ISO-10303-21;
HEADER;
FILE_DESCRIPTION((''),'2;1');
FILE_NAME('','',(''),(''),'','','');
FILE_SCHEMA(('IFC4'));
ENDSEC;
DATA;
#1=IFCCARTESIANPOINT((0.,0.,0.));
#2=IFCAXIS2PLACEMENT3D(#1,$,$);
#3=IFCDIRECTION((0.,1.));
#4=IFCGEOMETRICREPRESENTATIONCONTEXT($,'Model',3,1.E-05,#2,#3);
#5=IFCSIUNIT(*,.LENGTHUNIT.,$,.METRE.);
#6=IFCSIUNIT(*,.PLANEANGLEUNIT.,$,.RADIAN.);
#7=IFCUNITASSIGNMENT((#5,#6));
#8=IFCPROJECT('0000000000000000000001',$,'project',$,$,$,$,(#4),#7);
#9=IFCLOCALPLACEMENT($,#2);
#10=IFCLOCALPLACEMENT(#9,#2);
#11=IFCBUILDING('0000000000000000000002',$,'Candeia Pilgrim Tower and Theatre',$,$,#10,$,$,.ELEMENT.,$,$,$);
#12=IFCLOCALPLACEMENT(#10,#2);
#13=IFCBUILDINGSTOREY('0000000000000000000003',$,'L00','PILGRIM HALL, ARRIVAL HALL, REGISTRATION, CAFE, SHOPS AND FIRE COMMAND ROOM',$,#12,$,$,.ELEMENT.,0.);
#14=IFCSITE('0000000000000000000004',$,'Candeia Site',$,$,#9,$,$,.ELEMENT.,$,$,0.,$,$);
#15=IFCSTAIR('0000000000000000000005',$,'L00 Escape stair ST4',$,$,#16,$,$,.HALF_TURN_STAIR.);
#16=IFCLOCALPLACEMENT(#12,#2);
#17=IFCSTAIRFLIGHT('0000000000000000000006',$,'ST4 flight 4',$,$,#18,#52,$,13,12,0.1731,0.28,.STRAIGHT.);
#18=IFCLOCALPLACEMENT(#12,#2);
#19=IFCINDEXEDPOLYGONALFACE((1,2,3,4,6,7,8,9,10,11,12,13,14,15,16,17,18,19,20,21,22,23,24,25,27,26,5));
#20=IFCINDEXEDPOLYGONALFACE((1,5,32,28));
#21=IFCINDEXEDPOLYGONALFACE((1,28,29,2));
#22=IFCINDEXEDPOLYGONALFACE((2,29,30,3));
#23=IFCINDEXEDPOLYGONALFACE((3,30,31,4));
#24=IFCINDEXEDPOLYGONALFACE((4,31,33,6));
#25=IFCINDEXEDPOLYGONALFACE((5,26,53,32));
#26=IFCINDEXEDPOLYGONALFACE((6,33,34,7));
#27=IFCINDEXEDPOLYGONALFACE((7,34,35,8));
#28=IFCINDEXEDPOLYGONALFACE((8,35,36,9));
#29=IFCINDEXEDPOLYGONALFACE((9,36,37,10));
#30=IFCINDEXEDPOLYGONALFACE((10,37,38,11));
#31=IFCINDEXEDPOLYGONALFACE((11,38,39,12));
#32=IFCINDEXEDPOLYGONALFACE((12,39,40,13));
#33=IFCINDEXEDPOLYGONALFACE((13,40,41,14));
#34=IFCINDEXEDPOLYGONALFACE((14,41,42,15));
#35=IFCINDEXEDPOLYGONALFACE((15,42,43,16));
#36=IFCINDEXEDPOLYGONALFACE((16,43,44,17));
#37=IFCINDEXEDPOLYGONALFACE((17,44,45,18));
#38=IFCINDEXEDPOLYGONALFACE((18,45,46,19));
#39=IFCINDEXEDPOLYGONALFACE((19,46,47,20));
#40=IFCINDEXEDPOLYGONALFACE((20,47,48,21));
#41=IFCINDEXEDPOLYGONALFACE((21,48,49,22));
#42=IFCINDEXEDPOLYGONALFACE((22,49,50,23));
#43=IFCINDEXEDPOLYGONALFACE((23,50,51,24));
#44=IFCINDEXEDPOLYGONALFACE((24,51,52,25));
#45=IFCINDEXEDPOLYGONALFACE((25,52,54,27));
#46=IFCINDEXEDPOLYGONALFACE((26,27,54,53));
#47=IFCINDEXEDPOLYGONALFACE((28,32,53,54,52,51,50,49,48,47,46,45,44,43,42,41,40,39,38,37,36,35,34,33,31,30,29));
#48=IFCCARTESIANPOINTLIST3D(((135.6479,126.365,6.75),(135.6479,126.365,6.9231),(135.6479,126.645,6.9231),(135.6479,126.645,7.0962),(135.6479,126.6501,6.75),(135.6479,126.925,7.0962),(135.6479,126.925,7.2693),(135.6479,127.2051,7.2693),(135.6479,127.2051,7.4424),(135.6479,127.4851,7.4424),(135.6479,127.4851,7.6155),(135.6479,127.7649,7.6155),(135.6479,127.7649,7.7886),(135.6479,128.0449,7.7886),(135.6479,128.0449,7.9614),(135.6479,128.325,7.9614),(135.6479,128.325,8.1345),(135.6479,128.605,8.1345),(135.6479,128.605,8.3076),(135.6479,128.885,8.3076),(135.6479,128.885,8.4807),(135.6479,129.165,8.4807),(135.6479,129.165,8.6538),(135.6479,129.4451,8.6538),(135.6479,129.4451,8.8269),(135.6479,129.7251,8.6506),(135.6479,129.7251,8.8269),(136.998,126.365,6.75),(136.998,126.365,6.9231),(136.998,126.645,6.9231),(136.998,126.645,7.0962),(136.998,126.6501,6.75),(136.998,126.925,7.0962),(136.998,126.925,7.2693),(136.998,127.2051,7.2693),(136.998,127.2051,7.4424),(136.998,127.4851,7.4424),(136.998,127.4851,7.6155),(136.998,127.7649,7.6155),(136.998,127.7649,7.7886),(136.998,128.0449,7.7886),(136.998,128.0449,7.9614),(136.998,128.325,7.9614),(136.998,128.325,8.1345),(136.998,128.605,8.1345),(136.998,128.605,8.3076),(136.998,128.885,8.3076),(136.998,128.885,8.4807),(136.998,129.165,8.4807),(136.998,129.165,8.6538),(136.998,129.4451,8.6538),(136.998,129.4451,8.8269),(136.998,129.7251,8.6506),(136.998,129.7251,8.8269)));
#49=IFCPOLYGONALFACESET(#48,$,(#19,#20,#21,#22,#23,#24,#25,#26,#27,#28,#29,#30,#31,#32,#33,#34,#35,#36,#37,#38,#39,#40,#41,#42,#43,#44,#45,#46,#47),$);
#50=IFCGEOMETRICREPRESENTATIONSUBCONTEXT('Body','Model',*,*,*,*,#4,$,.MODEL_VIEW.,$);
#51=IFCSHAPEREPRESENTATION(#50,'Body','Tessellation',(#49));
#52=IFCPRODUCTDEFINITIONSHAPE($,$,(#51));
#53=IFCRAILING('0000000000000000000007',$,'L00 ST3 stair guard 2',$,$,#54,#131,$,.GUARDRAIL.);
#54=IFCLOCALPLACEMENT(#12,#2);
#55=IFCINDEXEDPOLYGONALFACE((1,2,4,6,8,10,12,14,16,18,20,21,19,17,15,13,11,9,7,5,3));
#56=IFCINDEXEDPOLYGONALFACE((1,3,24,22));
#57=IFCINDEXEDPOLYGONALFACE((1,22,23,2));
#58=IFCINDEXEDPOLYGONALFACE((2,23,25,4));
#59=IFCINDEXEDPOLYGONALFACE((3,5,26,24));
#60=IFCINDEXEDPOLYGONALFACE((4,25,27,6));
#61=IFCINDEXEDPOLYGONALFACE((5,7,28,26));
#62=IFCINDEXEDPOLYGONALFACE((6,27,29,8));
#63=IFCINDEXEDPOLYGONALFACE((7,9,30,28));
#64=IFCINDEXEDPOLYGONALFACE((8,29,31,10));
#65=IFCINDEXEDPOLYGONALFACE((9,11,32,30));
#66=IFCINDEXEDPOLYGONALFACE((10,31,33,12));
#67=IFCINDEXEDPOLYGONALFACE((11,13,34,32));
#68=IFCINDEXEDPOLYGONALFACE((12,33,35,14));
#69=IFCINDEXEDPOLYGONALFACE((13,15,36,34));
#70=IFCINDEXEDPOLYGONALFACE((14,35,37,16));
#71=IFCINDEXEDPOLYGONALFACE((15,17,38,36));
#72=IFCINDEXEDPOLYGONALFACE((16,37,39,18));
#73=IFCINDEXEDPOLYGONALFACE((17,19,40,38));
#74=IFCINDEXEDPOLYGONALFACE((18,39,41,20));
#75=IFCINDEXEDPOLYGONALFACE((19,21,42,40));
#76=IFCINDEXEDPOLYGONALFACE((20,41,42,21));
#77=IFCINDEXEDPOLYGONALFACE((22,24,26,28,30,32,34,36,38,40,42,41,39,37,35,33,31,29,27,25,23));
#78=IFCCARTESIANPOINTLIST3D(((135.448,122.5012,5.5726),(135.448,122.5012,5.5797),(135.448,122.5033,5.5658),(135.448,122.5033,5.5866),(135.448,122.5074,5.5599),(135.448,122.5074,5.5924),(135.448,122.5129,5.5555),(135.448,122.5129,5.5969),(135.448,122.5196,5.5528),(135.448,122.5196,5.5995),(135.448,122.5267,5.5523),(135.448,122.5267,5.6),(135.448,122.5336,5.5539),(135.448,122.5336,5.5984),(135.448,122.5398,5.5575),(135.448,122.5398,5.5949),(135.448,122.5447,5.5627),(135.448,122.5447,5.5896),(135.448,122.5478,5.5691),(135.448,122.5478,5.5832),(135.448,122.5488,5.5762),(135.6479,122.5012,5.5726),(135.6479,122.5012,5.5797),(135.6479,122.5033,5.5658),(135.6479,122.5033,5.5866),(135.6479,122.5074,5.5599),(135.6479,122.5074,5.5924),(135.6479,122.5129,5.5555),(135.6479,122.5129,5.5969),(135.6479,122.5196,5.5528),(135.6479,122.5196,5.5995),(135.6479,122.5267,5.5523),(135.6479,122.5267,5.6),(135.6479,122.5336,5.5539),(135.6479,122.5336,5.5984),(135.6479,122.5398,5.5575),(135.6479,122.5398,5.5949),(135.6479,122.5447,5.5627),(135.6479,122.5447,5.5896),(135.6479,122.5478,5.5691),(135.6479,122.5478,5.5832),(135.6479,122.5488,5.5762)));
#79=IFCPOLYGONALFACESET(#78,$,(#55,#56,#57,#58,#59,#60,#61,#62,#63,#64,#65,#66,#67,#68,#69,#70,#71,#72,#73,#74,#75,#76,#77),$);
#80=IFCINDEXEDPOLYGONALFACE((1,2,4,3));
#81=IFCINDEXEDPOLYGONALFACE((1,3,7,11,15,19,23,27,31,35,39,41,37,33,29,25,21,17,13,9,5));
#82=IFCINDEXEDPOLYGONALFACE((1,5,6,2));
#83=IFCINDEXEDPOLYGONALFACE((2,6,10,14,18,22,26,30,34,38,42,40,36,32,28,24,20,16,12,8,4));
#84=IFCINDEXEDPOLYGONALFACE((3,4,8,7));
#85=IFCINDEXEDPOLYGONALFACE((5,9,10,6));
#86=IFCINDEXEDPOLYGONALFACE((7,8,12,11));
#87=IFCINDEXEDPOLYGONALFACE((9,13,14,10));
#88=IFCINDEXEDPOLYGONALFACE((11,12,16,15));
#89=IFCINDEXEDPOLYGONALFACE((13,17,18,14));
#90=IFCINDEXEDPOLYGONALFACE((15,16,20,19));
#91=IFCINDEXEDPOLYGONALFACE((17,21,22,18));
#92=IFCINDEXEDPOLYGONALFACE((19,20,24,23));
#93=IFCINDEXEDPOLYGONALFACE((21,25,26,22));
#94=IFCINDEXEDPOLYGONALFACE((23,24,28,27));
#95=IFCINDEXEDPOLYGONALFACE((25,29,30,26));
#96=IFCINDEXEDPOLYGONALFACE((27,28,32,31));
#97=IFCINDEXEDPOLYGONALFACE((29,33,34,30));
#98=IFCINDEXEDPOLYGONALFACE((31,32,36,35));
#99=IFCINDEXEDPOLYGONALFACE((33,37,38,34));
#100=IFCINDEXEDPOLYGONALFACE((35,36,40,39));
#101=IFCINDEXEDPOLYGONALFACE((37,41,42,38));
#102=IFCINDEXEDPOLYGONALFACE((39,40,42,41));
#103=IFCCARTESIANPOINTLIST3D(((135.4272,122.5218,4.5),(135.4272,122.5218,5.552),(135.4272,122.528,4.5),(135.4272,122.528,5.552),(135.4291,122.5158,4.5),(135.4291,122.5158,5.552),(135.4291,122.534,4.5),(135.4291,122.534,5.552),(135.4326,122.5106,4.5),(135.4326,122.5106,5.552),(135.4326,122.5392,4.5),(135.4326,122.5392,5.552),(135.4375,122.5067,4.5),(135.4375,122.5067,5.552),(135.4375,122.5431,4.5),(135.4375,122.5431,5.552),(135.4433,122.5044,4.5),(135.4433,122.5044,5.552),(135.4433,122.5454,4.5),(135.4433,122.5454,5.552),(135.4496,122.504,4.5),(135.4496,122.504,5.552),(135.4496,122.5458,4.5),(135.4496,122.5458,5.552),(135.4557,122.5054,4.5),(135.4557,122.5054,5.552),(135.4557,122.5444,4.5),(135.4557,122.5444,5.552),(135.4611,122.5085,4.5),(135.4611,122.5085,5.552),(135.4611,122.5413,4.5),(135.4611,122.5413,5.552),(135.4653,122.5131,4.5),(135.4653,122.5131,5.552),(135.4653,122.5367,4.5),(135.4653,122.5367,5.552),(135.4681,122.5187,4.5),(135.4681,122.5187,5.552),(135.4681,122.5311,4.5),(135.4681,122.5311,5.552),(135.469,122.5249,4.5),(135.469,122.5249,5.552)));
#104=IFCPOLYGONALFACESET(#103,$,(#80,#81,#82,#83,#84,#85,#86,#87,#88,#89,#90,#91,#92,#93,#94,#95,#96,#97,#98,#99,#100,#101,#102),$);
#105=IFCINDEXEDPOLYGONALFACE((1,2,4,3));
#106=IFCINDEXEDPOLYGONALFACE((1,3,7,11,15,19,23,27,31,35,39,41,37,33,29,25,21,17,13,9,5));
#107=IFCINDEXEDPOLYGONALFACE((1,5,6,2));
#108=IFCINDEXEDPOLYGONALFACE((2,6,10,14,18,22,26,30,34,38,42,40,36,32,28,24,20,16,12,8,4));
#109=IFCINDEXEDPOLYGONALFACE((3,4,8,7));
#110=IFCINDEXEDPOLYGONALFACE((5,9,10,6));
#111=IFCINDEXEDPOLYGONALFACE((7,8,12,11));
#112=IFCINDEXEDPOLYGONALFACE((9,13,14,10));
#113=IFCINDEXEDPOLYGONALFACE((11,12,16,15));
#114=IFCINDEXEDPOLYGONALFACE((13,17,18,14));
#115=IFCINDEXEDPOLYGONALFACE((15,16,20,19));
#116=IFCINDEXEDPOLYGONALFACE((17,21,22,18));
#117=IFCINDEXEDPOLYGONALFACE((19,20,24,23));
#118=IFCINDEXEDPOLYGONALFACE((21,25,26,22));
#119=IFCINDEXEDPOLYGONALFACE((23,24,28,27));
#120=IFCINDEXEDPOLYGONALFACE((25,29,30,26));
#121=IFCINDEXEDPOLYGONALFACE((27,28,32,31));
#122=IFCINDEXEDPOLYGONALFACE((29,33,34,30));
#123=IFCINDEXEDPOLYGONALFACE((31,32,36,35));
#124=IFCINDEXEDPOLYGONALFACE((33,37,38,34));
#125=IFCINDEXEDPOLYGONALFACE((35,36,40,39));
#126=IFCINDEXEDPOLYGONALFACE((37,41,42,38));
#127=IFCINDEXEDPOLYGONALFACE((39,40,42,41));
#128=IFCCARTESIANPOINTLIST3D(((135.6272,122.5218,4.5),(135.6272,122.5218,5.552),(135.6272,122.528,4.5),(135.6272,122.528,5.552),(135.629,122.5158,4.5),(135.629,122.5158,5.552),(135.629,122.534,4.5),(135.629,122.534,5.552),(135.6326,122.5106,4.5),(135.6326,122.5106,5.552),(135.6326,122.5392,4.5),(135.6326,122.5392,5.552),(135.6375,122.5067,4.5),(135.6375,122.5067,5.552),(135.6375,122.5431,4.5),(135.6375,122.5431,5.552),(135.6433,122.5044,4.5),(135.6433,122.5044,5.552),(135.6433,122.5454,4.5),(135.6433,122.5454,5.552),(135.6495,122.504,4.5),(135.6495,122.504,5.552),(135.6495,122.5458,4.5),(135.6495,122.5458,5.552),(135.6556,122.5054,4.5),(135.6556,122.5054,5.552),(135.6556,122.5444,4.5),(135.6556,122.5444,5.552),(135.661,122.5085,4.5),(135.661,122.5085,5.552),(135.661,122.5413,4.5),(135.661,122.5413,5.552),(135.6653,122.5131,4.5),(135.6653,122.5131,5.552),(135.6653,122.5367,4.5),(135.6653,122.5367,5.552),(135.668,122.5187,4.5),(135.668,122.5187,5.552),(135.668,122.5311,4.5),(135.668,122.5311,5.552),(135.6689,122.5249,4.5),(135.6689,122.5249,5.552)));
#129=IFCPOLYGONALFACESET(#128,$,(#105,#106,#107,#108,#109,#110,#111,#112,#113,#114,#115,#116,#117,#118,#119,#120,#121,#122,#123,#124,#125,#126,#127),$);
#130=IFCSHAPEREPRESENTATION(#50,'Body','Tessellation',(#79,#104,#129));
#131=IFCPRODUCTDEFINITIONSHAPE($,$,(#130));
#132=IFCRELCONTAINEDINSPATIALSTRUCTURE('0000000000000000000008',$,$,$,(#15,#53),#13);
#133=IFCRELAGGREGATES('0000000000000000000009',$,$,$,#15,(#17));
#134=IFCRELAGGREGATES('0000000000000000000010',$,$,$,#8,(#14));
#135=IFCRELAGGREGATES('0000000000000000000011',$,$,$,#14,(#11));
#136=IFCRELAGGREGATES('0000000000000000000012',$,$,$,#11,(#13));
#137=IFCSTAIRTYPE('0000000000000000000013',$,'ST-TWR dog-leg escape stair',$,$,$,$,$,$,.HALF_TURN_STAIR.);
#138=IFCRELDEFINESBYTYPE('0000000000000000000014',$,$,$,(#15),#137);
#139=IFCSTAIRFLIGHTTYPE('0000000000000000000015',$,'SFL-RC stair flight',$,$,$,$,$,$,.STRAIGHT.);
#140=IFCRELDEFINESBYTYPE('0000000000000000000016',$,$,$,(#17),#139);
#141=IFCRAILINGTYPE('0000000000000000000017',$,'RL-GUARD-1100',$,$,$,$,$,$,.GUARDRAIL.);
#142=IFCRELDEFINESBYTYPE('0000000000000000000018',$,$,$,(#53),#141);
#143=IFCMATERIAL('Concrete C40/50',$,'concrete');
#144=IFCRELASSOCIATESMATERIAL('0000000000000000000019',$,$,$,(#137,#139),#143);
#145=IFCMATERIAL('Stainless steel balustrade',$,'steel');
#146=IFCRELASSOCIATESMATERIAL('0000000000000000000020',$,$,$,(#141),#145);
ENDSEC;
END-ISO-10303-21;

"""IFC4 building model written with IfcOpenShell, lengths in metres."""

from ifc_helpers import new_model, si_unit, direction, frame, origin, origin_2d, place, context, subcontext, project, spatial, polyline, circle, outline, extrude, material, type_object, element, aggregate, save


model = new_model("IFC4")

# Units and contexts
model_context = context("Model", 3, precision=1e-05, world=origin(), true_north=direction((0.0, 1.0)))
body_context = subcontext(model_context, "Body", "Model", "MODEL_VIEW")
ifc_project = project(units=[si_unit("LENGTHUNIT", "METRE"), si_unit("PLANEANGLEUNIT", "RADIAN")], contexts=[model_context])

# Site, building, storey
site_placement = place(None, origin())
site = spatial("IfcSite", under=ifc_project, at=site_placement, Name="Candeia Site", CompositionType="ELEMENT", RefElevation=0.0)
building_placement = place(site_placement, origin())
building = spatial("IfcBuilding", under=site, at=building_placement, Name="Candeia Pilgrim Tower and Theatre", CompositionType="ELEMENT")
storey_placement = place(building_placement, origin())
storey = spatial("IfcBuildingStorey", under=building, at=storey_placement, Name="L00", Description="PILGRIM HALL, ARRIVAL HALL, REGISTRATION, CAFE, SHOPS AND FIRE COMMAND ROOM", CompositionType="ELEMENT", Elevation=0.0)

# Shared definitions
ifc_material_1 = material(Name="Concrete C40/50", Category="concrete")

# Stair, stair flight
stair_type = type_object("IfcStairType", Name="ST-TWR dog-leg escape stair", PredefinedType="HALF_TURN_STAIR", material=ifc_material_1)
stair_flight_type = type_object("IfcStairFlightType", Name="SFL-RC stair flight", PredefinedType="STRAIGHT", material=ifc_material_1)
stair_1_placement = place(storey_placement, origin())
stair_1 = element("IfcStair", 1, at=stair_1_placement, inside=storey, type_object=stair_type, Name="L00 Escape stair ST4", PredefinedType="HALF_TURN_STAIR")
stair_flight_1_placement = place(storey_placement, frame((136.323, 126.365, 6.75), z_axis=(0.0, 0.0, 1.0), x_axis=(0.0, 1.0, 0.0)))
stair_flight_1 = element("IfcStairFlight", 2, at=stair_flight_1_placement, type_object=stair_flight_type, Name="ST4 flight 4", NumberOfRisers=13, NumberOfTreads=12, PredefinedType="STRAIGHT", RiserHeight=0.1731, TreadLength=0.28, context=body_context, shape_type="SweptSolid", body=[
    extrude(outline(polyline([(0.0, 0.0), (0.0, 0.1731), (0.28, 0.1731), (0.28, 0.3462), (0.5601, 0.3462), (0.5601, 0.5193), (0.8401, 0.5193), (0.8401, 0.6924), (1.1201, 0.6924), (1.1201, 0.8655), (1.3999, 0.8655), (1.3999, 1.0386), (1.6799, 1.0386), (1.6799, 1.2114), (1.96, 1.2114), (1.96, 1.3845), (2.24, 1.3845), (2.24, 1.5576), (2.52, 1.5576), (2.52, 1.7307), (2.8, 1.7307), (2.8, 1.9038), (3.0801, 1.9038), (3.0801, 2.0769), (3.3601, 2.0769), (3.3601, 2.25), (3.3601, 1.9006), (0.2852, 0.0), (0.0, 0.0)])), frame((0.0, 0.675, 0.0), z_axis=(0.0, -1.0, 0.0), x_axis=(1.0, 0.0, 0.0)), (0.0, 0.0, 1.0), 1.3501),
])
aggregate(stair_1, [stair_flight_1])

# Railing
ifc_material_2 = material(Name="Stainless steel balustrade", Category="steel")
railing_type_1 = type_object("IfcRailingType", Name="RL-GUARD-1100", PredefinedType="GUARDRAIL", material=ifc_material_2)
railing_1_placement = place(storey_placement, frame((135.448, 122.5249, 4.5)))
element("IfcRailing", 3, at=railing_1_placement, inside=storey, type_object=railing_type_1, Name="L00 ST3 stair guard 2", PredefinedType="GUARDRAIL", context=body_context, shape_type="SweptSolid", body=[
    extrude(circle(Radius=0.0239, at=origin_2d()), frame((0.0, 0.0, 1.0762), z_axis=(1.0, 0.0, 0.0), x_axis=(0.0, 1.0, 0.0)), (0.0, 0.0, 1.0), 0.2),
    extrude(circle(Radius=0.021, at=origin_2d()), origin(), (0.0, 0.0, 1.0), 1.052),
    extrude(circle(Radius=0.021, at=origin_2d()), frame((0.2, 0.0, 0.0)), (0.0, 0.0, 1.0), 1.052),
])

save(model, "model.ifc")
